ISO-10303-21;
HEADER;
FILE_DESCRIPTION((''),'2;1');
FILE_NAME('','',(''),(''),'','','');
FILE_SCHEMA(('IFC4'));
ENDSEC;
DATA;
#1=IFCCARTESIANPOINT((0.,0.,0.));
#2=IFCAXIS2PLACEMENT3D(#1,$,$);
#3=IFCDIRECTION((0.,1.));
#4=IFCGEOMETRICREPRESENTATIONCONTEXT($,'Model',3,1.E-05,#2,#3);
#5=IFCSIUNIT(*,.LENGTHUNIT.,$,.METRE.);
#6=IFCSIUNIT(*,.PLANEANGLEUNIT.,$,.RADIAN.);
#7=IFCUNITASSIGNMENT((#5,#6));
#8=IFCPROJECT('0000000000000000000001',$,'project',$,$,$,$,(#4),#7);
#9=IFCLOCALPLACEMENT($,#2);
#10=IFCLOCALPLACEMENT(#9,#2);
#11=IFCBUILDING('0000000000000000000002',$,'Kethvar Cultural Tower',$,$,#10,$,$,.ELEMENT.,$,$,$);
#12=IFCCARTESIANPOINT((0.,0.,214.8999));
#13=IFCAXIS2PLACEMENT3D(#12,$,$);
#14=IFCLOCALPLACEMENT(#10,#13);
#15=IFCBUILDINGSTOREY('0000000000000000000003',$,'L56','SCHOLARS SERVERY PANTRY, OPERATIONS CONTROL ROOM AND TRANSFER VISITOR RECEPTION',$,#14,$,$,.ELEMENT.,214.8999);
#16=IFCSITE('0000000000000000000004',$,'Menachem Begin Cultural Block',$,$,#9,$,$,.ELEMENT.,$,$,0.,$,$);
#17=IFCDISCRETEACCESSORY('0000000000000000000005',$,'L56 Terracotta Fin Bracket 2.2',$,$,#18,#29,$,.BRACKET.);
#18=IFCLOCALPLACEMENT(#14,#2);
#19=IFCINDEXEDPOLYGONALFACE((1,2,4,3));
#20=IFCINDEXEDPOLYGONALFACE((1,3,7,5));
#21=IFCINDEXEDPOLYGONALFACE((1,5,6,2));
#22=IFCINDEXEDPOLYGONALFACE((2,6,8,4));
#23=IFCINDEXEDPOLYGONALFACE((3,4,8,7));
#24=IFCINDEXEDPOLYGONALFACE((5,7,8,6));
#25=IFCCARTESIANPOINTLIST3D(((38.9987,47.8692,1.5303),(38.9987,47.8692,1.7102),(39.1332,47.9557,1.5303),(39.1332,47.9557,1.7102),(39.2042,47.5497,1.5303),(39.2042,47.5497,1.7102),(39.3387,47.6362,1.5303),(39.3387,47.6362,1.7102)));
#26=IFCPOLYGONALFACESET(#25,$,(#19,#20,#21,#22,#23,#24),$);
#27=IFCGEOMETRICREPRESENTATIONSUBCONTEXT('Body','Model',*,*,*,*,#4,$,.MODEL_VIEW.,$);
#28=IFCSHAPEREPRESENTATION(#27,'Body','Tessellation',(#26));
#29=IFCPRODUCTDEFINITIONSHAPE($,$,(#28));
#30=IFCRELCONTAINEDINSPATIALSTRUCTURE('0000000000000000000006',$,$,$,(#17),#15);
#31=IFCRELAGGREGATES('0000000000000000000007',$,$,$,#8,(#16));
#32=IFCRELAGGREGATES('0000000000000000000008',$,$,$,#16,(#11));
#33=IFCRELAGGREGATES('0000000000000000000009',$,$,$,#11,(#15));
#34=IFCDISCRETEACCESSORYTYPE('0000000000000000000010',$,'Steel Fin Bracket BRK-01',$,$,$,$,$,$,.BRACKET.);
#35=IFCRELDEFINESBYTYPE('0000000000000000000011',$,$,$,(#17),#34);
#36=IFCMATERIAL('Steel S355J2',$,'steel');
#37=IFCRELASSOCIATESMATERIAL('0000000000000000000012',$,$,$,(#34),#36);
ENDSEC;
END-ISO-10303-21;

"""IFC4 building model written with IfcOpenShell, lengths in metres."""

from ifc_helpers import new_model, si_unit, direction, frame, origin, origin_2d, place, context, subcontext, project, spatial, rectangle, extrude, source, transform, mapped, material, type_object, element, save


model = new_model("IFC4")

# Units and contexts
model_context = context("Model", 3, precision=1e-05, world=origin(), true_north=direction((0.0, 1.0)))
body_context = subcontext(model_context, "Body", "Model", "MODEL_VIEW")
ifc_project = project(units=[si_unit("LENGTHUNIT", "METRE"), si_unit("PLANEANGLEUNIT", "RADIAN")], contexts=[model_context])

# Site, building, storey
site_placement = place(None, origin())
site = spatial("IfcSite", under=ifc_project, at=site_placement, Name="Menachem Begin Cultural Block", CompositionType="ELEMENT", RefElevation=0.0)
building_placement = place(site_placement, origin())
building = spatial("IfcBuilding", under=site, at=building_placement, Name="Kethvar Cultural Tower", CompositionType="ELEMENT")
storey_placement = place(building_placement, frame((0.0, 0.0, 214.8999)))
storey = spatial("IfcBuildingStorey", under=building, at=storey_placement, Name="L56", Description="SCHOLARS SERVERY PANTRY, OPERATIONS CONTROL ROOM AND TRANSFER VISITOR RECEPTION", CompositionType="ELEMENT", Elevation=214.8999)

# Shared definitions
ifc_material_1 = material(Name="Steel S355J2", Category="steel")

# Discrete accessory
discrete_accessory_type = type_object("IfcDiscreteAccessoryType", Name="Steel Fin Bracket BRK-01", PredefinedType="BRACKET", material=ifc_material_1)
shared_shape_1 = source(origin(), body_context, "Body", "SweptSolid", [
    extrude(rectangle(XDim=0.3799, YDim=0.1599, at=origin_2d()), origin(), (0.0, 0.0, 1.0), 0.1799),
])
for number, where, z_axis, x_axis, name in (
    (1, (39.1687, 47.7527, 1.5303), (0.0, 0.0, 1.0), (-0.540828, 0.841133, 0.0), "L56 Terracotta Fin Bracket 2.2"),
):
    element("IfcDiscreteAccessory", number, at=place(storey_placement, frame(where, z_axis=z_axis, x_axis=x_axis)), inside=storey, type_object=discrete_accessory_type, Name=name, PredefinedType="BRACKET", context=body_context, shape_type="MappedRepresentation", body=[
        mapped(shared_shape_1, transform((0.0, 0.0, 0.0), scale=1.0)),
    ])

save(model, "model.ifc")
